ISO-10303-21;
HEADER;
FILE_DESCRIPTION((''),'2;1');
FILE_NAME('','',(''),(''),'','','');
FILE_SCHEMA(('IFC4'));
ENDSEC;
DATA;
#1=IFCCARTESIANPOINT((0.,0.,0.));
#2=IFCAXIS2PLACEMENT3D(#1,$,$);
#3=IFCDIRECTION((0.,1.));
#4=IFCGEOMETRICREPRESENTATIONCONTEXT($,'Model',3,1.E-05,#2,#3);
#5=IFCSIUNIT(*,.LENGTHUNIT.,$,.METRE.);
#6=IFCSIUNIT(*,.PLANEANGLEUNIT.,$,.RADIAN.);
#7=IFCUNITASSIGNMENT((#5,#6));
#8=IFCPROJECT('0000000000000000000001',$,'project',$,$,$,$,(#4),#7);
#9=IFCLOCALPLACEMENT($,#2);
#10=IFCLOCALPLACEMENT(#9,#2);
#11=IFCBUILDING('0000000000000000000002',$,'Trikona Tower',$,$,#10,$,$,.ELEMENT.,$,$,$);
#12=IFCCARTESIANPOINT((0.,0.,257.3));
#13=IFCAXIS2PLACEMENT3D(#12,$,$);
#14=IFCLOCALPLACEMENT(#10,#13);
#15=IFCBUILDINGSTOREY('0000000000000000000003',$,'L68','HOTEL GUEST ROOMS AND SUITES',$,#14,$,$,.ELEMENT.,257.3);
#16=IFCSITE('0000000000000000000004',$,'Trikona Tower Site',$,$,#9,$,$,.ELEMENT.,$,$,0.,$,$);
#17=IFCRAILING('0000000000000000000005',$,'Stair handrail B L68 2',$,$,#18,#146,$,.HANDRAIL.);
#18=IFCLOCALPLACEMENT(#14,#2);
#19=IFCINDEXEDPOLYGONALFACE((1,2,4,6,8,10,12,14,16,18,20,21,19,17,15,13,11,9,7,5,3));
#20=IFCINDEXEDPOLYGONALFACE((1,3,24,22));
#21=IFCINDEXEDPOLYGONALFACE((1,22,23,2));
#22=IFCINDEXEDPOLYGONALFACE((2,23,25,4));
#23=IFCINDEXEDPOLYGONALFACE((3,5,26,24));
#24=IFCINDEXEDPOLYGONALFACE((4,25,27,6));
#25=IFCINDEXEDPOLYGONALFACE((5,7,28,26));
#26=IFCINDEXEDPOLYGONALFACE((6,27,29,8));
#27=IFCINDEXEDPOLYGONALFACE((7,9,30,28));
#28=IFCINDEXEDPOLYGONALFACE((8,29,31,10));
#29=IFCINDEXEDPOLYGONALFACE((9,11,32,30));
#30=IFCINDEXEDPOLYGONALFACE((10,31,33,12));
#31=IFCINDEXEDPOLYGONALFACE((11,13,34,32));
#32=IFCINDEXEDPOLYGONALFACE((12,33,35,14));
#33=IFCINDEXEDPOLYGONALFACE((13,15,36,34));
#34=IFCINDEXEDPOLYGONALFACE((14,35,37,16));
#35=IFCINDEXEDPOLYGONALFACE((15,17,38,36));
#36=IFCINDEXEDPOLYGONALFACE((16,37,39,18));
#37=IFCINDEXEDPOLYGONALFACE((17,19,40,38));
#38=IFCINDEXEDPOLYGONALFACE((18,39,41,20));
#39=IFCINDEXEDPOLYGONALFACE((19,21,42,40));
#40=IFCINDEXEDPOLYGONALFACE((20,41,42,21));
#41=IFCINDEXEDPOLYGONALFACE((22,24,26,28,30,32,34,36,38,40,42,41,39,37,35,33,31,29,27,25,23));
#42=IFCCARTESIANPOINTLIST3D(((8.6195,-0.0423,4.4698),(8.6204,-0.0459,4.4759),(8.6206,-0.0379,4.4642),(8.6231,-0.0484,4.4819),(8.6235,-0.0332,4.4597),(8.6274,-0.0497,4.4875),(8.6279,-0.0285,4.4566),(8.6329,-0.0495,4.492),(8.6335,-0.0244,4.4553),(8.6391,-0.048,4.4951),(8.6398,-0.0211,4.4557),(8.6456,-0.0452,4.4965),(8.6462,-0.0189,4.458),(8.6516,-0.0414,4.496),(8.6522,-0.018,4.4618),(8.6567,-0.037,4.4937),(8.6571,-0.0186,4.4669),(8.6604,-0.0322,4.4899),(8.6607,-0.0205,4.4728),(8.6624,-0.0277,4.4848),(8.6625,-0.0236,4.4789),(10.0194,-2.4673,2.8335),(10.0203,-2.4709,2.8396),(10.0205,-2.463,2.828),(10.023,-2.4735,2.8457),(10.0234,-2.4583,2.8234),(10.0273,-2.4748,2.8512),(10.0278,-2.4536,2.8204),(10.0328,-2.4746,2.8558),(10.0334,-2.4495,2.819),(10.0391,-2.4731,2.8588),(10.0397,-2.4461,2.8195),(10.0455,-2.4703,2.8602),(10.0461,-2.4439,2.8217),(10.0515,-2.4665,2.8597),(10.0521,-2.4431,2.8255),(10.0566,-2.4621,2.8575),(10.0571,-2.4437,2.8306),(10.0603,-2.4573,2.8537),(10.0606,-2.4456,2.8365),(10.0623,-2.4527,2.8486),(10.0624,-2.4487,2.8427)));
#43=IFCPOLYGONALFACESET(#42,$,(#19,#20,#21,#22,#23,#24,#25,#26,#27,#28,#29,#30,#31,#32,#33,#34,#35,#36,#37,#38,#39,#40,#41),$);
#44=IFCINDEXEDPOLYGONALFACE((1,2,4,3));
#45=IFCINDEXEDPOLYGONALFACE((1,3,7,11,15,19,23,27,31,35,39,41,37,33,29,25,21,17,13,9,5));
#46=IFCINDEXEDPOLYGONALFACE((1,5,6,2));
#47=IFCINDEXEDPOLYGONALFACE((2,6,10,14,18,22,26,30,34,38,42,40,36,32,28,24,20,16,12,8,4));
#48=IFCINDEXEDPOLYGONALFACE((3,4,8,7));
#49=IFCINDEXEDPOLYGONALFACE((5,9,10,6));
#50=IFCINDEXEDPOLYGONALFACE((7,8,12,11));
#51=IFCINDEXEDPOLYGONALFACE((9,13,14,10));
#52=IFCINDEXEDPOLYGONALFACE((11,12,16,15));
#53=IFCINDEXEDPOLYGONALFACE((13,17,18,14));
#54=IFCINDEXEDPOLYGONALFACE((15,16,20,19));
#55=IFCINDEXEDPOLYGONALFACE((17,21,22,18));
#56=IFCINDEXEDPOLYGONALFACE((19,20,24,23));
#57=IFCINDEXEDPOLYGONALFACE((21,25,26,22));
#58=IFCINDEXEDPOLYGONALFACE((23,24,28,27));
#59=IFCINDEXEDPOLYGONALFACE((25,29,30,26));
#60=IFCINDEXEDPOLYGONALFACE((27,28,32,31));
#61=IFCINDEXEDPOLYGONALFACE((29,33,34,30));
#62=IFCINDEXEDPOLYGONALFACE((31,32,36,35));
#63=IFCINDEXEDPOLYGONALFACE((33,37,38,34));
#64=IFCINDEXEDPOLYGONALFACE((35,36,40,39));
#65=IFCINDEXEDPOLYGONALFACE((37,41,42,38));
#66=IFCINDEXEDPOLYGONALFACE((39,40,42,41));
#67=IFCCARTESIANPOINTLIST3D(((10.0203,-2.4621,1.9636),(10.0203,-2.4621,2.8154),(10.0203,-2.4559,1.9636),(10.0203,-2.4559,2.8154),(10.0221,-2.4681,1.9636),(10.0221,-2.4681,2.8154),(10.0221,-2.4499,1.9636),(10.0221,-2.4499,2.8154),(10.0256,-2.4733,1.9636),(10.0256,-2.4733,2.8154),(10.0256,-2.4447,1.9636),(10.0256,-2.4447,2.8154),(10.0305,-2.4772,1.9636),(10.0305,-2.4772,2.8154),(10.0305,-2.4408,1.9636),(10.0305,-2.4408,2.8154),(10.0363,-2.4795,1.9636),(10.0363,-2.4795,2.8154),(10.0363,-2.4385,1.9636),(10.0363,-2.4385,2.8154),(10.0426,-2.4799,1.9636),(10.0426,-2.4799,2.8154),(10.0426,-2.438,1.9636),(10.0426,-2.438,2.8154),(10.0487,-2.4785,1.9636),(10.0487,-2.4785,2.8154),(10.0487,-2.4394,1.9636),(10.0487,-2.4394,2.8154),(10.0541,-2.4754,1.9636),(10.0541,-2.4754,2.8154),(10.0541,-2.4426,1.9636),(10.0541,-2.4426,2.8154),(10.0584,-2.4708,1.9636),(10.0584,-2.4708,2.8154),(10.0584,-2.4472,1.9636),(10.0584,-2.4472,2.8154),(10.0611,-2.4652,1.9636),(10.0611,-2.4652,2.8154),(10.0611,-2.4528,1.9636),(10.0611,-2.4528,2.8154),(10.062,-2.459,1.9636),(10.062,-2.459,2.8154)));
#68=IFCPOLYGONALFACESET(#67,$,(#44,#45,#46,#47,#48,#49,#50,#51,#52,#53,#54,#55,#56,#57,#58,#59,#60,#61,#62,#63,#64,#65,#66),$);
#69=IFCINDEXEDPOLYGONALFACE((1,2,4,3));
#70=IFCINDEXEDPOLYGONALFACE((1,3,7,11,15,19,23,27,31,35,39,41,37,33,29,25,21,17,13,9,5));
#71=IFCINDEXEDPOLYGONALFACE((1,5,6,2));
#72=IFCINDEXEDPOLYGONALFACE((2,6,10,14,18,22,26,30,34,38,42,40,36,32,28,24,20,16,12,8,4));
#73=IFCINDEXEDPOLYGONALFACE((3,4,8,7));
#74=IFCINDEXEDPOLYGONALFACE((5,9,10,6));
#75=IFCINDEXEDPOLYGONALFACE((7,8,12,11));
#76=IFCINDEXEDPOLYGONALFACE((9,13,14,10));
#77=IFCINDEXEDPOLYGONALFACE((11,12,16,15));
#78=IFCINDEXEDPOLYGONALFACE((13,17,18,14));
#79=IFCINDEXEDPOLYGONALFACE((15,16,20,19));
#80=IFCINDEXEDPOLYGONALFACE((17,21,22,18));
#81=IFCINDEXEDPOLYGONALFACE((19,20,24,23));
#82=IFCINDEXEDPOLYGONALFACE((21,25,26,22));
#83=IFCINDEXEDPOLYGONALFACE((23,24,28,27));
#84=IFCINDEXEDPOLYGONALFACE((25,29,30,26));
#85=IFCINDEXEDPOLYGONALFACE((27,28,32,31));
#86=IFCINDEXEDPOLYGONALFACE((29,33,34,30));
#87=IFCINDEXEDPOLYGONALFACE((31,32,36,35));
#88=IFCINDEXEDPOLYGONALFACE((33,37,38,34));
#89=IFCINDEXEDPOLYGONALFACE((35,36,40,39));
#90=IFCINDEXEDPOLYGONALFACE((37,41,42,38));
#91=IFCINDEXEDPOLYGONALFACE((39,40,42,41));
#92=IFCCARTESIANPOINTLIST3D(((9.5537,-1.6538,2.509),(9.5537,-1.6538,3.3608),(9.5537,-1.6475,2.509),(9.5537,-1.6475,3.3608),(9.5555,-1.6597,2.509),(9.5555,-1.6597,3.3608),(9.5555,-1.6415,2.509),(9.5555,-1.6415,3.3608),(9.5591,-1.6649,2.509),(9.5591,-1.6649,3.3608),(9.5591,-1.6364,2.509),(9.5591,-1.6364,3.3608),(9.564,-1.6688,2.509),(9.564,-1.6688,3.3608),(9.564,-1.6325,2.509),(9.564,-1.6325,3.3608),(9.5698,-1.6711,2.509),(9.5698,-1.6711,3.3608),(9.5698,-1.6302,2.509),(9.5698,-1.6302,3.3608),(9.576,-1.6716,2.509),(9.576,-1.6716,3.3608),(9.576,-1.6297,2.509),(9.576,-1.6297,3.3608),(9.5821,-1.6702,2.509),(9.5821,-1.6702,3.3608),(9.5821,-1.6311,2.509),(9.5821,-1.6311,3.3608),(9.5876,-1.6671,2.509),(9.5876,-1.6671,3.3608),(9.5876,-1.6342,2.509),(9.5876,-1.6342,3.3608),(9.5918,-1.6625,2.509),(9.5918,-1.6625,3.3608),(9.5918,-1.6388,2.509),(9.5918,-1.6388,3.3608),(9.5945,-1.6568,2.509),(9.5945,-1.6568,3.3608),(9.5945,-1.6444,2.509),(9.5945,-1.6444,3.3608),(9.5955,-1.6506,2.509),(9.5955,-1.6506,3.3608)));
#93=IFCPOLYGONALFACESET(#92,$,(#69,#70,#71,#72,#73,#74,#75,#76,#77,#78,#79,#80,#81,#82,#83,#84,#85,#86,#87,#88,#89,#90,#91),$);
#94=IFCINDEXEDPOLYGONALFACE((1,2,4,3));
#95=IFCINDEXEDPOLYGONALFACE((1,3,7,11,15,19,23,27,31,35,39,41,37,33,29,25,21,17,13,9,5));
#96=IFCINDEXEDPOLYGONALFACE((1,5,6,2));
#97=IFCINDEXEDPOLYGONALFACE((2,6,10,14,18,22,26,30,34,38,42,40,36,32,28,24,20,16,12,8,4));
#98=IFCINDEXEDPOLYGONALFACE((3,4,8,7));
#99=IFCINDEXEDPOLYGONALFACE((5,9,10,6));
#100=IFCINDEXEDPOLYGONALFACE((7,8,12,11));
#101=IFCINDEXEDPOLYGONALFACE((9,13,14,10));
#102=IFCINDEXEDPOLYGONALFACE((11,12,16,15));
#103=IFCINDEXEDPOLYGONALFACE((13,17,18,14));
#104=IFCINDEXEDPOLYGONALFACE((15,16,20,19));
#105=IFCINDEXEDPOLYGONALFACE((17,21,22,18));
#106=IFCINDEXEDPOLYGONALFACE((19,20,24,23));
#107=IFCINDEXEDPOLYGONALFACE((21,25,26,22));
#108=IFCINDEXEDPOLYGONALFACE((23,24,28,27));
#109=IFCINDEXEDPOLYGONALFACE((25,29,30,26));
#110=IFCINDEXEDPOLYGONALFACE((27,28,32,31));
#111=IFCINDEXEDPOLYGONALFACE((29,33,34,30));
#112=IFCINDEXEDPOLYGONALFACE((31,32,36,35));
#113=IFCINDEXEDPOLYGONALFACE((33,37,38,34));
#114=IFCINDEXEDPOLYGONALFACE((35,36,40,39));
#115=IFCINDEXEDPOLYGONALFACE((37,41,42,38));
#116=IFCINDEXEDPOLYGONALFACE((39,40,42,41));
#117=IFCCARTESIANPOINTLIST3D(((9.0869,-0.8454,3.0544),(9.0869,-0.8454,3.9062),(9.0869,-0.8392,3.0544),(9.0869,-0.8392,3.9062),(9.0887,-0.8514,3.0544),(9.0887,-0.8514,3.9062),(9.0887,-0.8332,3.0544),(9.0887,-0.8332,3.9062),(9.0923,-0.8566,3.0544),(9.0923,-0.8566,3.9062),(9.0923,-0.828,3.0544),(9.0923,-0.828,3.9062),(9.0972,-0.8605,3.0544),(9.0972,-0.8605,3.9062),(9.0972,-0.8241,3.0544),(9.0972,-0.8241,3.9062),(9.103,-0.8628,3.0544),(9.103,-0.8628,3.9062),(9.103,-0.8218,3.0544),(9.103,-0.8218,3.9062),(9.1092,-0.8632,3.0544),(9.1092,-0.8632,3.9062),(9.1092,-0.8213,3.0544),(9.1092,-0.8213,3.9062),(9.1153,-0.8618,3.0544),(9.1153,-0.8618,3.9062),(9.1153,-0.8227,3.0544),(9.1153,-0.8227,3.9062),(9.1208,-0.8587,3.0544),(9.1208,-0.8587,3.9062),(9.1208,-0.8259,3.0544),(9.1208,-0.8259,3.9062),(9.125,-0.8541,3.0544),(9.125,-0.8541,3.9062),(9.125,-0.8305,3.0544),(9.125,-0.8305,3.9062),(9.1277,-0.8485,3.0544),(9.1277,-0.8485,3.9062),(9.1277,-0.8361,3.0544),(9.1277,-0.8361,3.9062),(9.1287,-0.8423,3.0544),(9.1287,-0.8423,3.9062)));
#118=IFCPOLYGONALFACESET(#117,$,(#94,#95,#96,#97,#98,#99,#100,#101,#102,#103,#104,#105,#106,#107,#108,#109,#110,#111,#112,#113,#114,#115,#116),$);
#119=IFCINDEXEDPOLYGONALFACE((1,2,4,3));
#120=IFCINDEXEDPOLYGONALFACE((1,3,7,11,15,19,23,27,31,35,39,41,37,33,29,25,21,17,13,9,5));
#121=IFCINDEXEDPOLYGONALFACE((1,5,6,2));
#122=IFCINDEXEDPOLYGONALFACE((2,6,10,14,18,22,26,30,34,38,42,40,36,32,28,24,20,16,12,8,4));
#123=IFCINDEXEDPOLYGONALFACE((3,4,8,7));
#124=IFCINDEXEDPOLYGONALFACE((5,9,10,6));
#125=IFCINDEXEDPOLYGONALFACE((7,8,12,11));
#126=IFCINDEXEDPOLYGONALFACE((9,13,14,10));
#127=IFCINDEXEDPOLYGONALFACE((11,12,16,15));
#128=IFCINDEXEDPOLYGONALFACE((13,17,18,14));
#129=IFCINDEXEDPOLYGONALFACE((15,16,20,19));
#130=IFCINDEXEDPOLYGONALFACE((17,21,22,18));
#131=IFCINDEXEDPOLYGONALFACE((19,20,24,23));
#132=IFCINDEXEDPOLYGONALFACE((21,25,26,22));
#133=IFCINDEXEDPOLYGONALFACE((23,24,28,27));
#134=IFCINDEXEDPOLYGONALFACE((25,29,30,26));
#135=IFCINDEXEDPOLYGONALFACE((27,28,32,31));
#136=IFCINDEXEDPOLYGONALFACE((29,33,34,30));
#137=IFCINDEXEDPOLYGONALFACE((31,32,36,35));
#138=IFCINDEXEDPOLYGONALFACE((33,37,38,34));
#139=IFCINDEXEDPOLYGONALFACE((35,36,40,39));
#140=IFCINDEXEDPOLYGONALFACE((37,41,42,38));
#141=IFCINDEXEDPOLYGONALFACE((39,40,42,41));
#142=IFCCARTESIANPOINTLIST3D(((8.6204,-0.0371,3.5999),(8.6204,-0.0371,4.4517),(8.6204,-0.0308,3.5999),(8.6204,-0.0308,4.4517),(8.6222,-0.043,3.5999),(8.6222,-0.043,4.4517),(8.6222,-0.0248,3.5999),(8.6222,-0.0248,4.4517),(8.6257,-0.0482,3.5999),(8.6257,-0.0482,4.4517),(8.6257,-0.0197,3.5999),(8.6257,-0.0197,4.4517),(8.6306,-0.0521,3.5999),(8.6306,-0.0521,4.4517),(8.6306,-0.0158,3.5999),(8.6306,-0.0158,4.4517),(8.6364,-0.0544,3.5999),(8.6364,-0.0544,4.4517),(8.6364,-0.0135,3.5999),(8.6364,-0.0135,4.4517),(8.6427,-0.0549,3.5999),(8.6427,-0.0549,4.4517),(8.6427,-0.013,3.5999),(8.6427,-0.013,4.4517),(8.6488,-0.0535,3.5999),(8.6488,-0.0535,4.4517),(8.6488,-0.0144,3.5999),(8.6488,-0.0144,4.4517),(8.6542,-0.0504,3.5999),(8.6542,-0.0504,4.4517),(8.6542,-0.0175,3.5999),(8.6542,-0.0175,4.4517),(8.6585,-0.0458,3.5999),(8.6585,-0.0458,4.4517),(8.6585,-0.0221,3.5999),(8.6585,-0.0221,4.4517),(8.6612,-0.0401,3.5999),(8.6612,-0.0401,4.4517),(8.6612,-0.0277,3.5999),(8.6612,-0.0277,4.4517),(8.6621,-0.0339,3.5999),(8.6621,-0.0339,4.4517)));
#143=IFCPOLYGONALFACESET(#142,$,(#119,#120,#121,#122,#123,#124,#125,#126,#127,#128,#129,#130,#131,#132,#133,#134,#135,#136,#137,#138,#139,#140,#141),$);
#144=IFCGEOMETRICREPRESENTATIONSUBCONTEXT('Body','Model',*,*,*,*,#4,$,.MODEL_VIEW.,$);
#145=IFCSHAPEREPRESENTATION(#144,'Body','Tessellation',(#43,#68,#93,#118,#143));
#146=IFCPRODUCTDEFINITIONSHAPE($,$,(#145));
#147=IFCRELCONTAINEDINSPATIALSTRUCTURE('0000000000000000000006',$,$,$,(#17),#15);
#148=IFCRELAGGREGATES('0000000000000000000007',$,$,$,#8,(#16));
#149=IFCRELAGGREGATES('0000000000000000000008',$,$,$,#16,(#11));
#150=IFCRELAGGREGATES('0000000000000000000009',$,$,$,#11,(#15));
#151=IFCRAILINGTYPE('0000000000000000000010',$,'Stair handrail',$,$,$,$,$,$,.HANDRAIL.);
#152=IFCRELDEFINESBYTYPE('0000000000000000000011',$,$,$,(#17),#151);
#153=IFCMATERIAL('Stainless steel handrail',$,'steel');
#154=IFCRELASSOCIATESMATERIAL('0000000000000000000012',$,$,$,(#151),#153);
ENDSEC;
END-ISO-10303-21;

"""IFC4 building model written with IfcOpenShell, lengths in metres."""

from ifc_helpers import new_model, si_unit, direction, frame, origin, origin_2d, place, context, subcontext, project, spatial, circle, extrude, material, type_object, element, save


model = new_model("IFC4")

# Units and contexts
model_context = context("Model", 3, precision=1e-05, world=origin(), true_north=direction((0.0, 1.0)))
body_context = subcontext(model_context, "Body", "Model", "MODEL_VIEW")
ifc_project = project(units=[si_unit("LENGTHUNIT", "METRE"), si_unit("PLANEANGLEUNIT", "RADIAN")], contexts=[model_context])

# Site, building, storey
site_placement = place(None, origin())
site = spatial("IfcSite", under=ifc_project, at=site_placement, Name="Trikona Tower Site", CompositionType="ELEMENT", RefElevation=0.0)
building_placement = place(site_placement, origin())
building = spatial("IfcBuilding", under=site, at=building_placement, Name="Trikona Tower", CompositionType="ELEMENT")
storey_placement = place(building_placement, frame((0.0, 0.0, 257.3)))
storey = spatial("IfcBuildingStorey", under=building, at=storey_placement, Name="L68", Description="HOTEL GUEST ROOMS AND SUITES", CompositionType="ELEMENT", Elevation=257.3)

# Railing
ifc_material_1 = material(Name="Stainless steel handrail", Category="steel")
railing_type = type_object("IfcRailingType", Name="Stair handrail", PredefinedType="HANDRAIL", material=ifc_material_1)
railing_placement = place(storey_placement, frame((10.041, -2.459, 1.9636)))
element("IfcRailing", 1, at=railing_placement, inside=storey, type_object=railing_type, Name="Stair handrail B L68 2", PredefinedType="HANDRAIL", context=body_context, shape_type="SweptSolid", body=[
    extrude(circle(Radius=0.0239, at=origin_2d()), frame((0.0, 0.0, 0.876), z_axis=(-0.431653, 0.747751, 0.504523), x_axis=(-0.866056, -0.499946, 0.0)), (0.0, 0.0, 1.0), 3.2432),
    extrude(circle(Radius=0.021, at=origin_2d()), origin(), (0.0, 0.0, 1.0), 0.8518),
    extrude(circle(Radius=0.021, at=origin_2d()), frame((-0.4666, 0.8083, 0.5454)), (0.0, 0.0, 1.0), 0.8518),
    extrude(circle(Radius=0.021, at=origin_2d()), frame((-0.9333, 1.6167, 1.0908)), (0.0, 0.0, 1.0), 0.8518),
    extrude(circle(Radius=0.021, at=origin_2d()), frame((-1.3999, 2.425, 1.6362)), (0.0, 0.0, 1.0), 0.8518),
])

save(model, "model.ifc")
